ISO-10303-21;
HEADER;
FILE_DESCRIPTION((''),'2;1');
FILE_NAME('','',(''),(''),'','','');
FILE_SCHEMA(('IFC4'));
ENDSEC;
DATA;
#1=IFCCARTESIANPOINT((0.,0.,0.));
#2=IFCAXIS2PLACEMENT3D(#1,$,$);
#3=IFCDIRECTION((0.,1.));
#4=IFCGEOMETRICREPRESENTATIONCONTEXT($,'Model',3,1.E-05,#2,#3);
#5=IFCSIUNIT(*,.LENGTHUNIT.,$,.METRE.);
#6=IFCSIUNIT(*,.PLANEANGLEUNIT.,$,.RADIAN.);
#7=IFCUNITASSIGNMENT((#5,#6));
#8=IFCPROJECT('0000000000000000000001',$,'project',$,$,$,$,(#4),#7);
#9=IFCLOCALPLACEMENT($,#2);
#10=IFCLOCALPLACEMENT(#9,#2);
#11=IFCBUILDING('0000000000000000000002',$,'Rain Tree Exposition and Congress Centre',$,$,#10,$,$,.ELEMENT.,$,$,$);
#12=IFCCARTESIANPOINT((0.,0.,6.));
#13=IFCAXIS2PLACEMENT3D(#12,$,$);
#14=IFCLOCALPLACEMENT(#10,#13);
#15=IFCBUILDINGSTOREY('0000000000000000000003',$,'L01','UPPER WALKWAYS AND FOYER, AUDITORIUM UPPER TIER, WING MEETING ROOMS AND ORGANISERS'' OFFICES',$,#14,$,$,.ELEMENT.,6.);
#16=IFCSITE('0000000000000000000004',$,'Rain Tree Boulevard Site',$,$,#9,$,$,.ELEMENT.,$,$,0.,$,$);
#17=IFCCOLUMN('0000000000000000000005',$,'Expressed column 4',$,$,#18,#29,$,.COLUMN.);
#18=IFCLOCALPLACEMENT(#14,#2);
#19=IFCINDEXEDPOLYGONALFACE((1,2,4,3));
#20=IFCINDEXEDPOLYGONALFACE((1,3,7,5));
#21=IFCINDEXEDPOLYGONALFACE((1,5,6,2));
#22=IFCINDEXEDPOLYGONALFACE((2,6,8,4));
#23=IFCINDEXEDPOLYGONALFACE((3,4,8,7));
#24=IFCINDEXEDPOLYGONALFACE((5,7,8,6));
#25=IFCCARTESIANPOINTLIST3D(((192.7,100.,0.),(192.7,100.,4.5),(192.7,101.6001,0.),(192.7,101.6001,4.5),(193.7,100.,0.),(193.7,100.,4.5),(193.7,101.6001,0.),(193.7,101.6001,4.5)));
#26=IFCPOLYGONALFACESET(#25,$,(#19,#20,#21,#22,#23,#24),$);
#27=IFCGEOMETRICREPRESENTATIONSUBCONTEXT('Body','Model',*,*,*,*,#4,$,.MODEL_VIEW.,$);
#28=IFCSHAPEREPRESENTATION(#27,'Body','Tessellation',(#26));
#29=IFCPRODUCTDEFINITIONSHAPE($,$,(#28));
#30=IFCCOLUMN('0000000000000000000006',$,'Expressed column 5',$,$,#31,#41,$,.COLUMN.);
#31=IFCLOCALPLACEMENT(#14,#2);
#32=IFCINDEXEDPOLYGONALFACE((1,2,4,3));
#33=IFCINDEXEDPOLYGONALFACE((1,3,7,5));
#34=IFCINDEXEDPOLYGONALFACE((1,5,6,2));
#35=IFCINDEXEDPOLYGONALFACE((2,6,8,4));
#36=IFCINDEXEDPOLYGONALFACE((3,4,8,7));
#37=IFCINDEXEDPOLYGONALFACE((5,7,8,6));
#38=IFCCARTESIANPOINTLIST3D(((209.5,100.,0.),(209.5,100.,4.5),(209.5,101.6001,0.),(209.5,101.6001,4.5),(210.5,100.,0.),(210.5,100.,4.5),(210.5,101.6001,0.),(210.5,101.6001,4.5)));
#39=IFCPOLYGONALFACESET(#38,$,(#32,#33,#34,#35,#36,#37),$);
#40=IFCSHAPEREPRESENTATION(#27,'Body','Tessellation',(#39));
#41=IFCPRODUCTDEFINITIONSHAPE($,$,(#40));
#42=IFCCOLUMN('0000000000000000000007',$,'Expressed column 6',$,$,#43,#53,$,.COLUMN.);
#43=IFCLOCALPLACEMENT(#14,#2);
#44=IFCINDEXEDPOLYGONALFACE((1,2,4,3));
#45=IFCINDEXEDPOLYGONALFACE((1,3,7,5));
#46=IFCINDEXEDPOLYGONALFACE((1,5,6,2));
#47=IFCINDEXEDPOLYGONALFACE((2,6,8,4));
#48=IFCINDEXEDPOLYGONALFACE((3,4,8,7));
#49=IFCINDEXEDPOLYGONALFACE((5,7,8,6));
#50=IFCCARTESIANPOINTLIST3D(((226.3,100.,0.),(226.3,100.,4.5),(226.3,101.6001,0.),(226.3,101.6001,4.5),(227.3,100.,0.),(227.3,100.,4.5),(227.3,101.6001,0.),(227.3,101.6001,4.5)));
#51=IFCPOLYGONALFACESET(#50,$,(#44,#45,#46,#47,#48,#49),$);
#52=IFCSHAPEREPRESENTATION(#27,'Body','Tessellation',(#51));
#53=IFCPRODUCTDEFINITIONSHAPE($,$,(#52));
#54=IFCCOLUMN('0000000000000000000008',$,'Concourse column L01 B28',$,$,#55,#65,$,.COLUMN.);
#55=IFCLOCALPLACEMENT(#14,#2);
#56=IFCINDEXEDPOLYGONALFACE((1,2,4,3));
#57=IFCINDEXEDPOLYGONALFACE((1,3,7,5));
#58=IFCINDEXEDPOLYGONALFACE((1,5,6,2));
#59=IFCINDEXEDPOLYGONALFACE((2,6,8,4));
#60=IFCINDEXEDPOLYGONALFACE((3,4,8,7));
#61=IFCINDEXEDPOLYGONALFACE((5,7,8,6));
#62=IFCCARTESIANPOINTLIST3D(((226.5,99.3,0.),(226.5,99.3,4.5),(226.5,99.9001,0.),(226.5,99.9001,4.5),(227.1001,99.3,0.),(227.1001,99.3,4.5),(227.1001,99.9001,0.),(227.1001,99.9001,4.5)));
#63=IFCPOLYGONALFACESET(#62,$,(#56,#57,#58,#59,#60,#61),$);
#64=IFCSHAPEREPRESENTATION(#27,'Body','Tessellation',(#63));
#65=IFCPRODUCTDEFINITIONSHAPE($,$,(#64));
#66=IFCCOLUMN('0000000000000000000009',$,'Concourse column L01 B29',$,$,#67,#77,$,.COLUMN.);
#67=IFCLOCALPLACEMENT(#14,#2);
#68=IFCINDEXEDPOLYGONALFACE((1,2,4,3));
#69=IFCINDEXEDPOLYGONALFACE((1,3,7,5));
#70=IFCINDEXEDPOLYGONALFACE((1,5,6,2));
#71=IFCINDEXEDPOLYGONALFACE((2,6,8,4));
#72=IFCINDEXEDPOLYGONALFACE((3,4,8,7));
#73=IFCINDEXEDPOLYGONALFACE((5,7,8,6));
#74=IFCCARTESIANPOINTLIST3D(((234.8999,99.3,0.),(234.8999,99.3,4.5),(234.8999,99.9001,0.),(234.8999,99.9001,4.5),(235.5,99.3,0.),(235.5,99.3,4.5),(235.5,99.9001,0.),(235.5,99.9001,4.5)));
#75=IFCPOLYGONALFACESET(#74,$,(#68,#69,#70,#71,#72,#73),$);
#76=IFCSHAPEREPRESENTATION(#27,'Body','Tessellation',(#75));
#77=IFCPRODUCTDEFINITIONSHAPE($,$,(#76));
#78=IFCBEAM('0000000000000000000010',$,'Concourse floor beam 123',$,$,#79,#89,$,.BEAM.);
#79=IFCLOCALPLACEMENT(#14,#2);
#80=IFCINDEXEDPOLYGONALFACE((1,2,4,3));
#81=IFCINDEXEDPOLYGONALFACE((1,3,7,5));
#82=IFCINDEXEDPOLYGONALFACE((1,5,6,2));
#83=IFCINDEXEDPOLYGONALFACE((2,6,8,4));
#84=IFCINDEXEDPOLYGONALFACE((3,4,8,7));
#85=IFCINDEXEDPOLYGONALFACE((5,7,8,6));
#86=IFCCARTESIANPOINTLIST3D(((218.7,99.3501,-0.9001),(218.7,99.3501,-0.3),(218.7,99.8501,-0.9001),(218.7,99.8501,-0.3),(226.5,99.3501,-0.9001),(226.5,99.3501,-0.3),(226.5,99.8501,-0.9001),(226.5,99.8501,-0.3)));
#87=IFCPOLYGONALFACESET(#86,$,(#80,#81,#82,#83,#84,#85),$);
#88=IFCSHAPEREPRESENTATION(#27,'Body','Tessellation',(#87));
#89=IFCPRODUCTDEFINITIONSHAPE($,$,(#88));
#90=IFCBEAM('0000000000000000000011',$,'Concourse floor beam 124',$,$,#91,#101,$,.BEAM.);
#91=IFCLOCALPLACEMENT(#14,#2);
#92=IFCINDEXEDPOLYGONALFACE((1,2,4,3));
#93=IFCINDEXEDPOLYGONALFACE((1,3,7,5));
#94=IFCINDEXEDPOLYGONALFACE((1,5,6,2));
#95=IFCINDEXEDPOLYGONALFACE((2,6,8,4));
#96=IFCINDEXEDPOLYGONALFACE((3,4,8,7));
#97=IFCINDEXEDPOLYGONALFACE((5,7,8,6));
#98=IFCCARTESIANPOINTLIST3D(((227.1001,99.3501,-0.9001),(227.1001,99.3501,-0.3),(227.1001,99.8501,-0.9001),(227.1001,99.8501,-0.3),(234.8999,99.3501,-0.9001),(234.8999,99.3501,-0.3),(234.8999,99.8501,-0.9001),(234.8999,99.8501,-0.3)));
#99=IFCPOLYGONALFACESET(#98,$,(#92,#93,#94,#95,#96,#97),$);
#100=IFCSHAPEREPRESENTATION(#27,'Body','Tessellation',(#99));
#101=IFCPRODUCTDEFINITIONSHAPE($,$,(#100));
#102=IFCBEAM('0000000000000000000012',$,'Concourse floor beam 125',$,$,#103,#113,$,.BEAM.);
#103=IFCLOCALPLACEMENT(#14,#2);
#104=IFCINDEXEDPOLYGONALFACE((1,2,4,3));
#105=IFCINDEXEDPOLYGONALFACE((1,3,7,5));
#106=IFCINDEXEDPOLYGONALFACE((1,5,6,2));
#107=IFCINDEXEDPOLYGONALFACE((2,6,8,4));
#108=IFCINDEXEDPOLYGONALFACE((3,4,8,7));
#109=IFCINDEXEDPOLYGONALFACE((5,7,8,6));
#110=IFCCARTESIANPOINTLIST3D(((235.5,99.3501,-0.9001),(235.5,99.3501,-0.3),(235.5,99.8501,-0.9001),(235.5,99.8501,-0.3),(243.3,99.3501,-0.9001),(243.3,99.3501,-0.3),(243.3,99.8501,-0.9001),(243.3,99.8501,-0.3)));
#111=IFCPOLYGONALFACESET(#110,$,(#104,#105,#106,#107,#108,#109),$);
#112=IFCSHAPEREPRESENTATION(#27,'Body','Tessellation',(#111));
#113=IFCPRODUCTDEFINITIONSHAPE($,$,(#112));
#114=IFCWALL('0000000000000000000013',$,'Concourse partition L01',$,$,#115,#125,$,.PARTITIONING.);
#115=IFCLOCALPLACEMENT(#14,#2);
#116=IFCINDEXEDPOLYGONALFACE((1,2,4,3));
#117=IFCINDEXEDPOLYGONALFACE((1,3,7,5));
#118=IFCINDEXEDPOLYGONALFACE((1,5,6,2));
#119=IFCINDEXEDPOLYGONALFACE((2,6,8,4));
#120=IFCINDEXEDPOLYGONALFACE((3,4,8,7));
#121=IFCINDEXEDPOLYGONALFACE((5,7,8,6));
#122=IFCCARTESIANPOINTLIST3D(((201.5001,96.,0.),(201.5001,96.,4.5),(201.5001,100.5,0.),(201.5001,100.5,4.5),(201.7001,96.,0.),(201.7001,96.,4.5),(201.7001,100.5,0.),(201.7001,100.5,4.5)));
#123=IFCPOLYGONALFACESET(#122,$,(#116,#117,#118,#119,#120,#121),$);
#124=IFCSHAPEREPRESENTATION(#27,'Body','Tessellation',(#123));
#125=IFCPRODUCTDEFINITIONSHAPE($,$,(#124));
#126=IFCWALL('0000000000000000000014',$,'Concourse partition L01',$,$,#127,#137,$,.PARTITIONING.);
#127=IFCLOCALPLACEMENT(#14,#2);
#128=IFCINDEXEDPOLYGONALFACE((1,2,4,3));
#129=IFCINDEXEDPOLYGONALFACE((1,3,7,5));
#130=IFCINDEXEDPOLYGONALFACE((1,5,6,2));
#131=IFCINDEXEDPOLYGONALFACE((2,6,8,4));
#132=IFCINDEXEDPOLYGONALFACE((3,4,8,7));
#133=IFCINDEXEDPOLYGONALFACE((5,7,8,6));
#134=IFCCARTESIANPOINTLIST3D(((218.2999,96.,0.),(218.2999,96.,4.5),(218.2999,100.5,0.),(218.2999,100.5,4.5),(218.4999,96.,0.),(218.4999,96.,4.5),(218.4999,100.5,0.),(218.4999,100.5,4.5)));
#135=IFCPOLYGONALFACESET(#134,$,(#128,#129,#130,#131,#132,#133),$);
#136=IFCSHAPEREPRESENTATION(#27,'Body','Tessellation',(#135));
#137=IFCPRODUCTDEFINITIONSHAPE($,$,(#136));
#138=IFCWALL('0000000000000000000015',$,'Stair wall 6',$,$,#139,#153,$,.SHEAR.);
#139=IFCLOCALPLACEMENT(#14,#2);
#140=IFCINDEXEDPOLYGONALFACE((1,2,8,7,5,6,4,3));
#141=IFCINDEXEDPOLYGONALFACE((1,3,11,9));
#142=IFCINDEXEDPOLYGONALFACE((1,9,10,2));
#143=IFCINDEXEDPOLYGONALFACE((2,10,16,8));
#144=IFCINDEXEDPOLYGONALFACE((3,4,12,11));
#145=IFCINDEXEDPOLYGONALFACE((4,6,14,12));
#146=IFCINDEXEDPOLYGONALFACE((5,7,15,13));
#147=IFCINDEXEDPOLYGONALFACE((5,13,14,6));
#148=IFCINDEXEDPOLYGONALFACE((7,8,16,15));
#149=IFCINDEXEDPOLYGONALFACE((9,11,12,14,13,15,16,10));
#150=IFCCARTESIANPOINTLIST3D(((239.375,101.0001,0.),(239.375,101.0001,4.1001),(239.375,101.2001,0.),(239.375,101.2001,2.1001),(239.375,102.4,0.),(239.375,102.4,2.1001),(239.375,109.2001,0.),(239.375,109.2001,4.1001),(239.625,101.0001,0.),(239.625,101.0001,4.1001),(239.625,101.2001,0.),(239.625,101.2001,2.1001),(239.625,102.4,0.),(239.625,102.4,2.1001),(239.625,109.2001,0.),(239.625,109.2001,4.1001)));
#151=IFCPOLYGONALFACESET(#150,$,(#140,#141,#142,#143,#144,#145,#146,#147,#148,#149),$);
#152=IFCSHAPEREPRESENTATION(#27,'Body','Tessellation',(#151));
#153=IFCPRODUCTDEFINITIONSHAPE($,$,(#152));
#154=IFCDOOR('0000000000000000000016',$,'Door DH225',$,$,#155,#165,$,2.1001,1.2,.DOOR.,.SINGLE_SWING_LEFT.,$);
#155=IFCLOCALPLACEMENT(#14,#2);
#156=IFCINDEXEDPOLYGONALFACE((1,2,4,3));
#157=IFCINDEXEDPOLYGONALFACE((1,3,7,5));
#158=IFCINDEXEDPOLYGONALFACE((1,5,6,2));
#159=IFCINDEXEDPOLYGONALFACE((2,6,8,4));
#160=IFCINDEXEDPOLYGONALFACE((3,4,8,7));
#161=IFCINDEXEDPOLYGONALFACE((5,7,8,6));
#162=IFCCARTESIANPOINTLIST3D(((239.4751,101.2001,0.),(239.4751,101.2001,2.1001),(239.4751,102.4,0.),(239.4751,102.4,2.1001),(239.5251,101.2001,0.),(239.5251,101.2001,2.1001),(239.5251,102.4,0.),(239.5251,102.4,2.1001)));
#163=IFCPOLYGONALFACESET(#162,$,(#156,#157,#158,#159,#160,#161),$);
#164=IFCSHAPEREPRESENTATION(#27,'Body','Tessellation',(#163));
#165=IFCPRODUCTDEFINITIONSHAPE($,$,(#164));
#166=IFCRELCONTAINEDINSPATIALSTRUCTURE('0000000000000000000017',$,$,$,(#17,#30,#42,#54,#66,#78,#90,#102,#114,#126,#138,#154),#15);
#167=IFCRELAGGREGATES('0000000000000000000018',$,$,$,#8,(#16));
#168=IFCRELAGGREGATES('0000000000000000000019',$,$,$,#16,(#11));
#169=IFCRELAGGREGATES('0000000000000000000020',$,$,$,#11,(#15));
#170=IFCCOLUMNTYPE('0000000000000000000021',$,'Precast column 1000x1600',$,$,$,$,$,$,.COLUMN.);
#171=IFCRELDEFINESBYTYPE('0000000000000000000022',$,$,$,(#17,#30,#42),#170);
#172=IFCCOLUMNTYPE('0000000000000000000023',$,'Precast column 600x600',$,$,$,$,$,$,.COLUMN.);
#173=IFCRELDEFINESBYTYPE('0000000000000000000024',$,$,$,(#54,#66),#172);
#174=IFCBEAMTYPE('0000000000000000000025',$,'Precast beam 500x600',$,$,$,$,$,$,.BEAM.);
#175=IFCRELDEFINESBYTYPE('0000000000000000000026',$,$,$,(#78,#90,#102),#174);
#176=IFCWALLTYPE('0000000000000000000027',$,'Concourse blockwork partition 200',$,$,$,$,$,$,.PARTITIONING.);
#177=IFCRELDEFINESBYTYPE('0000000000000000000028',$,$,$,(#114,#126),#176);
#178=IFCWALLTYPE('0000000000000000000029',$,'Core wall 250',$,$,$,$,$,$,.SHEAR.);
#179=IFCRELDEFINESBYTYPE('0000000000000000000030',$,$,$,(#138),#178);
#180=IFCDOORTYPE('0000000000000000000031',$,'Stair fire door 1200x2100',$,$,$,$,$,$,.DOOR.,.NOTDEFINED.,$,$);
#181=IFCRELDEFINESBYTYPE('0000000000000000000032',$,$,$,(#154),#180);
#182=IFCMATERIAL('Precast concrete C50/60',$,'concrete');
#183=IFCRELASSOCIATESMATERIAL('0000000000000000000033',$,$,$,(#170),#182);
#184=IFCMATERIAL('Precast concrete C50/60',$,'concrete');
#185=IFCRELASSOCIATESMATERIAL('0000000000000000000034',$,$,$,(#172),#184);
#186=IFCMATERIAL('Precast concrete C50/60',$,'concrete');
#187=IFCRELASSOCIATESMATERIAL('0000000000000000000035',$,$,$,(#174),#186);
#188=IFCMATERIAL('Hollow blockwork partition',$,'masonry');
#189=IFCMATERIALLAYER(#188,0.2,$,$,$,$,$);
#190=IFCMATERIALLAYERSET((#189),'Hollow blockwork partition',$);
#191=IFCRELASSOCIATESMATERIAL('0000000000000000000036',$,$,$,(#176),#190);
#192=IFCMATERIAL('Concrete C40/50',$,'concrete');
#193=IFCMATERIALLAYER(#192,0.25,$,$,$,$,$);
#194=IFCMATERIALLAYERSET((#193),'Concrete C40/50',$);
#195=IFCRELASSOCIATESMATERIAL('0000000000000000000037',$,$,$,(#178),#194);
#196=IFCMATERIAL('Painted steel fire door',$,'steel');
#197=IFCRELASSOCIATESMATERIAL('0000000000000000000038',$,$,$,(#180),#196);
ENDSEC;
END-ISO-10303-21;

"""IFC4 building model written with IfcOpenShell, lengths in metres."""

from ifc_helpers import new_model, si_unit, direction, frame, frame_2d, origin, origin_2d, place, context, subcontext, project, spatial, rectangle, extrude, material, layer, layer_set, material_profile, profile_set, type_object, element, fill, save


model = new_model("IFC4")

# Units and contexts
model_context = context("Model", 3, precision=1e-05, world=origin(), true_north=direction((0.0, 1.0)))
body_context = subcontext(model_context, "Body", "Model", "MODEL_VIEW")
ifc_project = project(units=[si_unit("LENGTHUNIT", "METRE"), si_unit("PLANEANGLEUNIT", "RADIAN")], contexts=[model_context])

# Site, building, storey
site_placement = place(None, origin())
site = spatial("IfcSite", under=ifc_project, at=site_placement, Name="Rain Tree Boulevard Site", CompositionType="ELEMENT", RefElevation=0.0)
building_placement = place(site_placement, origin())
building = spatial("IfcBuilding", under=site, at=building_placement, Name="Rain Tree Exposition and Congress Centre", CompositionType="ELEMENT")
storey_placement = place(building_placement, frame((0.0, 0.0, 6.0)))
storey = spatial("IfcBuildingStorey", under=building, at=storey_placement, Name="L01", Description="UPPER WALKWAYS AND FOYER, AUDITORIUM UPPER TIER, WING MEETING ROOMS AND ORGANISERS' OFFICES", CompositionType="ELEMENT", Elevation=6.0)

# Columns
ifc_material_1 = material(Name="Precast concrete C50/60", Category="concrete")
ifc_material_profile_1 = material_profile(ifc_material_1, rectangle(XDim=1.0, YDim=1.6001, at=origin_2d()), Name="RC 1000x1600")
ifc_profile_set_1 = profile_set([ifc_material_profile_1], Name="Precast concrete C50/60")
column_type_1 = type_object("IfcColumnType", Name="Precast column 1000x1600", PredefinedType="COLUMN", material=ifc_profile_set_1)
for number, where, z_axis, x_axis, name in (
    (1, (193.2, 100.8, 0.0), (0.0, 0.0, 1.0), (1.0, 0.0, 0.0), "Expressed column 4"),
    (2, (210.0, 100.8, 0.0), (0.0, 0.0, 1.0), (1.0, 0.0, 0.0), "Expressed column 5"),
    (3, (226.8, 100.8, 0.0), (0.0, 0.0, 1.0), (1.0, 0.0, 0.0), "Expressed column 6"),
):
    element("IfcColumn", number, at=place(storey_placement, frame(where, z_axis=z_axis, x_axis=x_axis)), inside=storey, type_object=column_type_1, Name=name, PredefinedType="COLUMN", context=body_context, shape_type="SweptSolid", body=[
        extrude(rectangle(XDim=1.0, YDim=1.6001, at=origin_2d()), origin(), (0.0, 0.0, 1.0), 4.5),
    ])
ifc_material_2 = material(Name="Precast concrete C50/60", Category="concrete")
ifc_material_profile_2 = material_profile(ifc_material_2, rectangle(XDim=0.6001, YDim=0.6001, at=origin_2d()), Name="RC 600x600")
ifc_profile_set_2 = profile_set([ifc_material_profile_2], Name="Precast concrete C50/60")
column_type_2 = type_object("IfcColumnType", Name="Precast column 600x600", PredefinedType="COLUMN", material=ifc_profile_set_2)
for number, where, z_axis, x_axis, name in (
    (4, (226.8, 99.6001, 0.0), (0.0, 0.0, 1.0), (1.0, 0.0, 0.0), "Concourse column L01 B28"),
    (5, (235.2, 99.6001, 0.0), (0.0, 0.0, 1.0), (1.0, 0.0, 0.0), "Concourse column L01 B29"),
):
    element("IfcColumn", number, at=place(storey_placement, frame(where, z_axis=z_axis, x_axis=x_axis)), inside=storey, type_object=column_type_2, Name=name, PredefinedType="COLUMN", context=body_context, shape_type="SweptSolid", body=[
        extrude(rectangle(XDim=0.6001, YDim=0.6001, at=origin_2d()), origin(), (0.0, 0.0, 1.0), 4.5),
    ])

# Beams
ifc_material_3 = material(Name="Precast concrete C50/60", Category="concrete")
ifc_material_profile_3 = material_profile(ifc_material_3, rectangle(XDim=0.5, YDim=0.6001, at=origin_2d()), Name="RC 500x600")
ifc_profile_set_3 = profile_set([ifc_material_profile_3], Name="Precast concrete C50/60")
beam_type = type_object("IfcBeamType", Name="Precast beam 500x600", PredefinedType="BEAM", material=ifc_profile_set_3)
beam_1_placement = place(storey_placement, frame((218.7, 99.6001, -0.6001), z_axis=(1.0, 0.0, 0.0), x_axis=(0.0, 1.0, 0.0)))
element("IfcBeam", 6, at=beam_1_placement, inside=storey, type_object=beam_type, Name="Concourse floor beam 123", PredefinedType="BEAM", context=body_context, shape_type="SweptSolid", body=[
    extrude(rectangle(XDim=0.5, YDim=0.6001, at=origin_2d()), origin(), (0.0, 0.0, 1.0), 7.8),
])
beam_2_placement = place(storey_placement, frame((227.1001, 99.6001, -0.6001), z_axis=(1.0, 0.0, 0.0), x_axis=(0.0, 1.0, 0.0)))
element("IfcBeam", 7, at=beam_2_placement, inside=storey, type_object=beam_type, Name="Concourse floor beam 124", PredefinedType="BEAM", context=body_context, shape_type="SweptSolid", body=[
    extrude(rectangle(XDim=0.5, YDim=0.6001, at=origin_2d()), origin(), (0.0, 0.0, 1.0), 7.7998),
])
beam_3_placement = place(storey_placement, frame((235.5, 99.6001, -0.6001), z_axis=(1.0, 0.0, 0.0), x_axis=(0.0, 1.0, 0.0)))
element("IfcBeam", 8, at=beam_3_placement, inside=storey, type_object=beam_type, Name="Concourse floor beam 125", PredefinedType="BEAM", context=body_context, shape_type="SweptSolid", body=[
    extrude(rectangle(XDim=0.5, YDim=0.6001, at=origin_2d()), origin(), (0.0, 0.0, 1.0), 7.8),
])

# Walls
ifc_material_4 = material(Name="Hollow blockwork partition", Category="masonry")
ifc_layer_1 = layer(ifc_material_4, 0.2)
ifc_layer_set_1 = layer_set([ifc_layer_1], Name="Hollow blockwork partition")
wall_type_1 = type_object("IfcWallType", Name="Concourse blockwork partition 200", PredefinedType="PARTITIONING", material=ifc_layer_set_1)
for number, where, z_axis, x_axis, name in (
    (9, (201.6001, 100.5, 0.0), (0.0, 0.0, 1.0), (0.0, -1.0, 0.0), "Concourse partition L01"),
    (10, (218.3999, 100.5, 0.0), (0.0, 0.0, 1.0), (0.0, -1.0, 0.0), "Concourse partition L01"),
):
    element("IfcWall", number, at=place(storey_placement, frame(where, z_axis=z_axis, x_axis=x_axis)), inside=storey, type_object=wall_type_1, Name=name, PredefinedType="PARTITIONING", context=body_context, shape_type="SweptSolid", body=[
        extrude(rectangle(XDim=4.5, YDim=0.2, at=frame_2d((2.25, 0.0))), origin(), (0.0, 0.0, 1.0), 4.5),
    ])

# Wall, opening, door
ifc_material_5 = material(Name="Concrete C40/50", Category="concrete")
ifc_layer_2 = layer(ifc_material_5, 0.25)
ifc_layer_set_2 = layer_set([ifc_layer_2], Name="Concrete C40/50")
wall_type_2 = type_object("IfcWallType", Name="Core wall 250", PredefinedType="SHEAR", material=ifc_layer_set_2)
wall_1_placement = place(storey_placement, frame((239.5, 101.0, 0.0), z_axis=(0.0, 0.0, 1.0), x_axis=(0.0, 1.0, 0.0)))
wall_1 = element("IfcWall", 11, at=wall_1_placement, inside=storey, type_object=wall_type_2, Name="Stair wall 6", PredefinedType="SHEAR", context=body_context, shape_type="SweptSolid", body=[
    extrude(rectangle(XDim=8.2, YDim=0.25, at=frame_2d((4.1001, 0.0))), origin(), (0.0, 0.0, 1.0), 4.1001),
])
opening_1_placement = place(wall_1_placement, frame((0.2, 0.0, 0.0)))
opening_1 = element("IfcOpeningElement", 12, at=opening_1_placement, cuts=wall_1, PredefinedType="OPENING", context=body_context, shape_type="SweptSolid", body=[
    extrude(rectangle(XDim=1.2, YDim=2.1001, at=frame_2d((0.6001, 1.05))), frame((0.0, 0.125, 0.0), z_axis=(0.0, -1.0, 0.0), x_axis=(1.0, 0.0, 0.0)), (0.0, 0.0, 1.0), 0.25),
])
ifc_material_6 = material(Name="Painted steel fire door", Category="steel")
door_type_1 = type_object("IfcDoorType", Name="Stair fire door 1200x2100", OperationType="NOTDEFINED", PredefinedType="DOOR", material=ifc_material_6)
door_1_placement = place(opening_1_placement, origin())
door_1 = element("IfcDoor", 13, at=door_1_placement, inside=storey, type_object=door_type_1, Name="Door DH225", OperationType="SINGLE_SWING_LEFT", OverallHeight=2.1001, OverallWidth=1.2, PredefinedType="DOOR", context=body_context, shape_type="SweptSolid", body=[
    extrude(rectangle(XDim=1.2, YDim=2.1001, at=frame_2d((0.6001, 1.05))), frame((0.0, 0.0249, 0.0), z_axis=(0.0, -1.0, 0.0), x_axis=(1.0, 0.0, 0.0)), (0.0, 0.0, 1.0), 0.05),
])
fill(opening_1, door_1)

save(model, "model.ifc")
